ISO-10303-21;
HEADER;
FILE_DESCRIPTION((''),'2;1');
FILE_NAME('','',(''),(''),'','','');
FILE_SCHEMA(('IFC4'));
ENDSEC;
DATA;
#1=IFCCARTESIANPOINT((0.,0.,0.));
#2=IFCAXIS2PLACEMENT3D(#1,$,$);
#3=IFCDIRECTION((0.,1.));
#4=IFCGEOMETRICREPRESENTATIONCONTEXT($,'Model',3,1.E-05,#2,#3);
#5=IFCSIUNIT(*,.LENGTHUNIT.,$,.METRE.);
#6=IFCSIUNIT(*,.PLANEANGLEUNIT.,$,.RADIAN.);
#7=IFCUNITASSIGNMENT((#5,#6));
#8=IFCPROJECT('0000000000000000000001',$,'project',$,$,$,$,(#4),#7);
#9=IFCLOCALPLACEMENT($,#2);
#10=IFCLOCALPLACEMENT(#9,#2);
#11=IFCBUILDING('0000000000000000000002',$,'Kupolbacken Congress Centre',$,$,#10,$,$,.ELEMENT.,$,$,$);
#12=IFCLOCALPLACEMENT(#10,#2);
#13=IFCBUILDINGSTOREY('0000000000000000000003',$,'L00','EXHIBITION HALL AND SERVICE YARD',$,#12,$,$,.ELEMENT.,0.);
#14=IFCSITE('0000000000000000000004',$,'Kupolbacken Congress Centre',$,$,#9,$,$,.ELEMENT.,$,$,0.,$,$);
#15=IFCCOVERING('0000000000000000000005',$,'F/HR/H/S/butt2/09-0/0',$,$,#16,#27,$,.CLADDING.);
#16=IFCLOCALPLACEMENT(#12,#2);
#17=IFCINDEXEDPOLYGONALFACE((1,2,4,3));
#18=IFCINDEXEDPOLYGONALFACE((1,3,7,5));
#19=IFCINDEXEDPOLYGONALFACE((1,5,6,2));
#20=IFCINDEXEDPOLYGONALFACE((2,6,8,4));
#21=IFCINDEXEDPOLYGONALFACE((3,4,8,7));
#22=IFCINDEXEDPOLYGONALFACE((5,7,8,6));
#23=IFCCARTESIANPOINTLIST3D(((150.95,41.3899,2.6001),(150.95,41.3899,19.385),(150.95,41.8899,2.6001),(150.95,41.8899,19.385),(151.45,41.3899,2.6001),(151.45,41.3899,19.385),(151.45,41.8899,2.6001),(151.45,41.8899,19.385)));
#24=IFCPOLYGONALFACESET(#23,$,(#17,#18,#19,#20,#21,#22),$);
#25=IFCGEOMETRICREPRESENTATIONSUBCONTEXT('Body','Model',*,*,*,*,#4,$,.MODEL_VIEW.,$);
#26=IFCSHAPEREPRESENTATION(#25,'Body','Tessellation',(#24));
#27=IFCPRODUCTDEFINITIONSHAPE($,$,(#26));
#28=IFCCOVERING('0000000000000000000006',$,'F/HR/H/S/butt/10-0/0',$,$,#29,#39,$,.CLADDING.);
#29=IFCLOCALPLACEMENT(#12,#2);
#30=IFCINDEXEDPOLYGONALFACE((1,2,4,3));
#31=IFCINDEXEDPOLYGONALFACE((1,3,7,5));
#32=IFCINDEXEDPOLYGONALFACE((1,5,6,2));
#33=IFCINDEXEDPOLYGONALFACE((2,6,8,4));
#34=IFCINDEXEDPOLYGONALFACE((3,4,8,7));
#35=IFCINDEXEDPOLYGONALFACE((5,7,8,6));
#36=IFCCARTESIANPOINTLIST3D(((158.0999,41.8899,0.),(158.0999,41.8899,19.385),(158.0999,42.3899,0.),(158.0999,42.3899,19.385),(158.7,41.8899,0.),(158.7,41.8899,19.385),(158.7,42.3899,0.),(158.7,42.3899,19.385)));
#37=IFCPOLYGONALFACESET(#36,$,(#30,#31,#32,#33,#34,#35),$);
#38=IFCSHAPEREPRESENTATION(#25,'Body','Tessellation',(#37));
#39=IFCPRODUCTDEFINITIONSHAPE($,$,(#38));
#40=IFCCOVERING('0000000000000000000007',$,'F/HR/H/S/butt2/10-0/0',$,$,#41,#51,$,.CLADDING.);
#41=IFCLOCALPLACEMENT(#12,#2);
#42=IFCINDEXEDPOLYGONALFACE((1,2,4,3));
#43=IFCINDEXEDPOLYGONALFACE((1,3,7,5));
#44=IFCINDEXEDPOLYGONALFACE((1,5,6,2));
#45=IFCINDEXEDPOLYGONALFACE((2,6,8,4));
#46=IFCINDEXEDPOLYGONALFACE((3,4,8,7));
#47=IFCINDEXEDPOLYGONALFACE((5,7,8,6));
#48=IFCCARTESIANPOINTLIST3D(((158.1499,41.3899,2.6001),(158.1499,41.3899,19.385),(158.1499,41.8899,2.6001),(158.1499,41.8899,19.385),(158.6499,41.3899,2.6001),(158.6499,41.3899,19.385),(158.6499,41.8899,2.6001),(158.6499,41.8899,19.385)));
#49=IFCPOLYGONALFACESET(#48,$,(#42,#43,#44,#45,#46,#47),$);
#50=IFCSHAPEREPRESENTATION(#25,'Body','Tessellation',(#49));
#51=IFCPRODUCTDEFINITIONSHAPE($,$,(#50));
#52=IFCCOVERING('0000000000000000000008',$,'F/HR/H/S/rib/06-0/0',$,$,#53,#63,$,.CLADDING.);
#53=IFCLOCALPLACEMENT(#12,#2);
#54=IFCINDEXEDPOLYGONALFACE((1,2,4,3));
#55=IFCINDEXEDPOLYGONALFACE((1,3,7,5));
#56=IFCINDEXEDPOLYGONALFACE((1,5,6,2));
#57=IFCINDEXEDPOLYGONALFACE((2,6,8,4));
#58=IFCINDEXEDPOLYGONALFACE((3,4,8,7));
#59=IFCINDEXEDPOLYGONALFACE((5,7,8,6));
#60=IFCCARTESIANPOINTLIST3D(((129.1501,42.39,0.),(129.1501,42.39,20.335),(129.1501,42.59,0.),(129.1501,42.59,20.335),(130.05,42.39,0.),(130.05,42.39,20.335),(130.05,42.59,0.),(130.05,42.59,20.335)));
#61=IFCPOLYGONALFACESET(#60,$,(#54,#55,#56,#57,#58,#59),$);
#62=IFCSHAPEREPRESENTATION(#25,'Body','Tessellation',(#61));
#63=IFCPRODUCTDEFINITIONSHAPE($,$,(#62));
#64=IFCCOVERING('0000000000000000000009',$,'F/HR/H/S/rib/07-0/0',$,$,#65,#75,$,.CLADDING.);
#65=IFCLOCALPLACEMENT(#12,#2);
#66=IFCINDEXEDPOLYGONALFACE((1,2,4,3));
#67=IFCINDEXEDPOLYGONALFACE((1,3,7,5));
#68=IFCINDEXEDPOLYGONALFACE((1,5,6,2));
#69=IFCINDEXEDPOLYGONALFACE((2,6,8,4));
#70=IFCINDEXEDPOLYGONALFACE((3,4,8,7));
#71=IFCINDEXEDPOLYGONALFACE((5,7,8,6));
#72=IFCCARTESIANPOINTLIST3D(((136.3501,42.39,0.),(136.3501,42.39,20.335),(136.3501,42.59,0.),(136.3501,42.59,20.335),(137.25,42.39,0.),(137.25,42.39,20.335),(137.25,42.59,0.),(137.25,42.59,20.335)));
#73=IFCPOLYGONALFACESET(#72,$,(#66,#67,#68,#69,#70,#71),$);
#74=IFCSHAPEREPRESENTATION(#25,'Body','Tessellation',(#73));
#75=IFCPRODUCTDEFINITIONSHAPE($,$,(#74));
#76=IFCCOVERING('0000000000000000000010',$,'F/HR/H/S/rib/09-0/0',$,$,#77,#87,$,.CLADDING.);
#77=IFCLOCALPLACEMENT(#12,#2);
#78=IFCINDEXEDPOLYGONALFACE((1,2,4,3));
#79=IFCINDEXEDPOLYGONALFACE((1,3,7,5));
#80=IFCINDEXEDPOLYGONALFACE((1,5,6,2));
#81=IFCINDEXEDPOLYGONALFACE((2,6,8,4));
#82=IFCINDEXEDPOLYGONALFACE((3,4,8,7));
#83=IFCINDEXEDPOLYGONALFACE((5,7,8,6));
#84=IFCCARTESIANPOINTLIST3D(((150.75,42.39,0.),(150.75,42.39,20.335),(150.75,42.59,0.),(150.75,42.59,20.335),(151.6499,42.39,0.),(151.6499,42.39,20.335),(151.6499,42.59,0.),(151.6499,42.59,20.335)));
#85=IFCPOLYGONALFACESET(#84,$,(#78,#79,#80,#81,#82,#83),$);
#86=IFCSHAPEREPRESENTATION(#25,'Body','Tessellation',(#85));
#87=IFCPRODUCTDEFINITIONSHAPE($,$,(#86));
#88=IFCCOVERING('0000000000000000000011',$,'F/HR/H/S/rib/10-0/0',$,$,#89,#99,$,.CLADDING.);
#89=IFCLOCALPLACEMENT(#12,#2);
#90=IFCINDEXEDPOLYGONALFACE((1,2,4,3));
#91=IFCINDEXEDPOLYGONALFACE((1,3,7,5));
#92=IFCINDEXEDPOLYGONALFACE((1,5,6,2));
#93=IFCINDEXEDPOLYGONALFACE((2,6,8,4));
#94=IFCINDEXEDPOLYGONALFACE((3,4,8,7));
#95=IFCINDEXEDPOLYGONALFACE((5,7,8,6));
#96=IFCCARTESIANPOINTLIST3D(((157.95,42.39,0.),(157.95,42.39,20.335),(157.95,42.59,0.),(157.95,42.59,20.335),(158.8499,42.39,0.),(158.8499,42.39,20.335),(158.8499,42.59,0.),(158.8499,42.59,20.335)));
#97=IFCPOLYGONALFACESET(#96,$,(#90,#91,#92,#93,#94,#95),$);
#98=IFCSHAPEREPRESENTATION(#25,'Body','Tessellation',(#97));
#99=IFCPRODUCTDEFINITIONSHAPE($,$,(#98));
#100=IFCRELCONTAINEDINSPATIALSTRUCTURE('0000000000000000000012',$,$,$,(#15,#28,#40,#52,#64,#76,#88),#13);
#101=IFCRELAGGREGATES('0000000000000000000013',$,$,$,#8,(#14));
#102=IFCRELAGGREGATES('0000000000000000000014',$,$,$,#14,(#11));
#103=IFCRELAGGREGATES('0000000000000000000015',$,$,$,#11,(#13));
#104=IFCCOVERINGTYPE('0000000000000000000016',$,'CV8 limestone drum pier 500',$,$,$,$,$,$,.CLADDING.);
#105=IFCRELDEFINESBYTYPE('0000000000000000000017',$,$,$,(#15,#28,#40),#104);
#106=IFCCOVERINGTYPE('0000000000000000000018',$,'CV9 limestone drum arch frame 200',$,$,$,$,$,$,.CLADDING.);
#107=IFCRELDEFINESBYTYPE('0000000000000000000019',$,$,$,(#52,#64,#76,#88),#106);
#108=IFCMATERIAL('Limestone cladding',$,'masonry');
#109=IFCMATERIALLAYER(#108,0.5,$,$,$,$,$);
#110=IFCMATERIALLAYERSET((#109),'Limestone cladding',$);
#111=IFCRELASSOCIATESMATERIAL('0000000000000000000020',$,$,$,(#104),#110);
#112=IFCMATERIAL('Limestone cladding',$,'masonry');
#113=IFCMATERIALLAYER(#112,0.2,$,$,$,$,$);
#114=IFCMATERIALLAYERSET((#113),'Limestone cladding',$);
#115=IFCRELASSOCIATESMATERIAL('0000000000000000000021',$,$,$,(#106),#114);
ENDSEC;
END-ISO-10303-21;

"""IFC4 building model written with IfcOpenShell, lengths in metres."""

from ifc_helpers import new_model, si_unit, direction, frame, origin, origin_2d, place, context, subcontext, project, spatial, rectangle, extrude, material, layer, layer_set, type_object, element, save


model = new_model("IFC4")

# Units and contexts
model_context = context("Model", 3, precision=1e-05, world=origin(), true_north=direction((0.0, 1.0)))
body_context = subcontext(model_context, "Body", "Model", "MODEL_VIEW")
ifc_project = project(units=[si_unit("LENGTHUNIT", "METRE"), si_unit("PLANEANGLEUNIT", "RADIAN")], contexts=[model_context])

# Site, building, storey
site_placement = place(None, origin())
site = spatial("IfcSite", under=ifc_project, at=site_placement, Name="Kupolbacken Congress Centre", CompositionType="ELEMENT", RefElevation=0.0)
building_placement = place(site_placement, origin())
building = spatial("IfcBuilding", under=site, at=building_placement, Name="Kupolbacken Congress Centre", CompositionType="ELEMENT")
storey_placement = place(building_placement, origin())
storey = spatial("IfcBuildingStorey", under=building, at=storey_placement, Name="L00", Description="EXHIBITION HALL AND SERVICE YARD", CompositionType="ELEMENT", Elevation=0.0)

# Coverings
ifc_material_1 = material(Name="Limestone cladding", Category="masonry")
ifc_layer_1 = layer(ifc_material_1, 0.5)
ifc_layer_set_1 = layer_set([ifc_layer_1], Name="Limestone cladding")
covering_type_1 = type_object("IfcCoveringType", Name="CV8 limestone drum pier 500", PredefinedType="CLADDING", material=ifc_layer_set_1)
covering_1_placement = place(storey_placement, frame((151.2, 41.6399, 2.6001), z_axis=(0.0, 0.0, 1.0), x_axis=(1.0, 0.0, 0.0)))
element("IfcCovering", 1, at=covering_1_placement, inside=storey, type_object=covering_type_1, Name="F/HR/H/S/butt2/09-0/0", PredefinedType="CLADDING", context=body_context, shape_type="SweptSolid", body=[
    extrude(rectangle(XDim=0.5, YDim=0.5, at=origin_2d()), origin(), (0.0, 0.0, 1.0), 16.7849),
])
covering_2_placement = place(storey_placement, frame((158.3999, 42.1399, 0.0), z_axis=(0.0, 0.0, 1.0), x_axis=(1.0, 0.0, 0.0)))
element("IfcCovering", 2, at=covering_2_placement, inside=storey, type_object=covering_type_1, Name="F/HR/H/S/butt/10-0/0", PredefinedType="CLADDING", context=body_context, shape_type="SweptSolid", body=[
    extrude(rectangle(XDim=0.6001, YDim=0.5, at=origin_2d()), origin(), (0.0, 0.0, 1.0), 19.385),
])
covering_3_placement = place(storey_placement, frame((158.3999, 41.6399, 2.6001), z_axis=(0.0, 0.0, 1.0), x_axis=(1.0, 0.0, 0.0)))
element("IfcCovering", 3, at=covering_3_placement, inside=storey, type_object=covering_type_1, Name="F/HR/H/S/butt2/10-0/0", PredefinedType="CLADDING", context=body_context, shape_type="SweptSolid", body=[
    extrude(rectangle(XDim=0.5, YDim=0.5, at=origin_2d()), origin(), (0.0, 0.0, 1.0), 16.7849),
])
ifc_material_2 = material(Name="Limestone cladding", Category="masonry")
ifc_layer_2 = layer(ifc_material_2, 0.2)
ifc_layer_set_2 = layer_set([ifc_layer_2], Name="Limestone cladding")
covering_type_2 = type_object("IfcCoveringType", Name="CV9 limestone drum arch frame 200", PredefinedType="CLADDING", material=ifc_layer_set_2)
for number, where, z_axis, x_axis, name in (
    (4, (129.6001, 42.49, 0.0), (0.0, 0.0, 1.0), (1.0, 0.0, 0.0), "F/HR/H/S/rib/06-0/0"),
    (5, (136.8, 42.49, 0.0), (0.0, 0.0, 1.0), (1.0, 0.0, 0.0), "F/HR/H/S/rib/07-0/0"),
    (6, (151.2, 42.49, 0.0), (0.0, 0.0, 1.0), (1.0, 0.0, 0.0), "F/HR/H/S/rib/09-0/0"),
    (7, (158.3999, 42.49, 0.0), (0.0, 0.0, 1.0), (1.0, 0.0, 0.0), "F/HR/H/S/rib/10-0/0"),
):
    element("IfcCovering", number, at=place(storey_placement, frame(where, z_axis=z_axis, x_axis=x_axis)), inside=storey, type_object=covering_type_2, Name=name, PredefinedType="CLADDING", context=body_context, shape_type="SweptSolid", body=[
        extrude(rectangle(XDim=0.8999, YDim=0.2, at=origin_2d()), origin(), (0.0, 0.0, 1.0), 20.335),
    ])

save(model, "model.ifc")
